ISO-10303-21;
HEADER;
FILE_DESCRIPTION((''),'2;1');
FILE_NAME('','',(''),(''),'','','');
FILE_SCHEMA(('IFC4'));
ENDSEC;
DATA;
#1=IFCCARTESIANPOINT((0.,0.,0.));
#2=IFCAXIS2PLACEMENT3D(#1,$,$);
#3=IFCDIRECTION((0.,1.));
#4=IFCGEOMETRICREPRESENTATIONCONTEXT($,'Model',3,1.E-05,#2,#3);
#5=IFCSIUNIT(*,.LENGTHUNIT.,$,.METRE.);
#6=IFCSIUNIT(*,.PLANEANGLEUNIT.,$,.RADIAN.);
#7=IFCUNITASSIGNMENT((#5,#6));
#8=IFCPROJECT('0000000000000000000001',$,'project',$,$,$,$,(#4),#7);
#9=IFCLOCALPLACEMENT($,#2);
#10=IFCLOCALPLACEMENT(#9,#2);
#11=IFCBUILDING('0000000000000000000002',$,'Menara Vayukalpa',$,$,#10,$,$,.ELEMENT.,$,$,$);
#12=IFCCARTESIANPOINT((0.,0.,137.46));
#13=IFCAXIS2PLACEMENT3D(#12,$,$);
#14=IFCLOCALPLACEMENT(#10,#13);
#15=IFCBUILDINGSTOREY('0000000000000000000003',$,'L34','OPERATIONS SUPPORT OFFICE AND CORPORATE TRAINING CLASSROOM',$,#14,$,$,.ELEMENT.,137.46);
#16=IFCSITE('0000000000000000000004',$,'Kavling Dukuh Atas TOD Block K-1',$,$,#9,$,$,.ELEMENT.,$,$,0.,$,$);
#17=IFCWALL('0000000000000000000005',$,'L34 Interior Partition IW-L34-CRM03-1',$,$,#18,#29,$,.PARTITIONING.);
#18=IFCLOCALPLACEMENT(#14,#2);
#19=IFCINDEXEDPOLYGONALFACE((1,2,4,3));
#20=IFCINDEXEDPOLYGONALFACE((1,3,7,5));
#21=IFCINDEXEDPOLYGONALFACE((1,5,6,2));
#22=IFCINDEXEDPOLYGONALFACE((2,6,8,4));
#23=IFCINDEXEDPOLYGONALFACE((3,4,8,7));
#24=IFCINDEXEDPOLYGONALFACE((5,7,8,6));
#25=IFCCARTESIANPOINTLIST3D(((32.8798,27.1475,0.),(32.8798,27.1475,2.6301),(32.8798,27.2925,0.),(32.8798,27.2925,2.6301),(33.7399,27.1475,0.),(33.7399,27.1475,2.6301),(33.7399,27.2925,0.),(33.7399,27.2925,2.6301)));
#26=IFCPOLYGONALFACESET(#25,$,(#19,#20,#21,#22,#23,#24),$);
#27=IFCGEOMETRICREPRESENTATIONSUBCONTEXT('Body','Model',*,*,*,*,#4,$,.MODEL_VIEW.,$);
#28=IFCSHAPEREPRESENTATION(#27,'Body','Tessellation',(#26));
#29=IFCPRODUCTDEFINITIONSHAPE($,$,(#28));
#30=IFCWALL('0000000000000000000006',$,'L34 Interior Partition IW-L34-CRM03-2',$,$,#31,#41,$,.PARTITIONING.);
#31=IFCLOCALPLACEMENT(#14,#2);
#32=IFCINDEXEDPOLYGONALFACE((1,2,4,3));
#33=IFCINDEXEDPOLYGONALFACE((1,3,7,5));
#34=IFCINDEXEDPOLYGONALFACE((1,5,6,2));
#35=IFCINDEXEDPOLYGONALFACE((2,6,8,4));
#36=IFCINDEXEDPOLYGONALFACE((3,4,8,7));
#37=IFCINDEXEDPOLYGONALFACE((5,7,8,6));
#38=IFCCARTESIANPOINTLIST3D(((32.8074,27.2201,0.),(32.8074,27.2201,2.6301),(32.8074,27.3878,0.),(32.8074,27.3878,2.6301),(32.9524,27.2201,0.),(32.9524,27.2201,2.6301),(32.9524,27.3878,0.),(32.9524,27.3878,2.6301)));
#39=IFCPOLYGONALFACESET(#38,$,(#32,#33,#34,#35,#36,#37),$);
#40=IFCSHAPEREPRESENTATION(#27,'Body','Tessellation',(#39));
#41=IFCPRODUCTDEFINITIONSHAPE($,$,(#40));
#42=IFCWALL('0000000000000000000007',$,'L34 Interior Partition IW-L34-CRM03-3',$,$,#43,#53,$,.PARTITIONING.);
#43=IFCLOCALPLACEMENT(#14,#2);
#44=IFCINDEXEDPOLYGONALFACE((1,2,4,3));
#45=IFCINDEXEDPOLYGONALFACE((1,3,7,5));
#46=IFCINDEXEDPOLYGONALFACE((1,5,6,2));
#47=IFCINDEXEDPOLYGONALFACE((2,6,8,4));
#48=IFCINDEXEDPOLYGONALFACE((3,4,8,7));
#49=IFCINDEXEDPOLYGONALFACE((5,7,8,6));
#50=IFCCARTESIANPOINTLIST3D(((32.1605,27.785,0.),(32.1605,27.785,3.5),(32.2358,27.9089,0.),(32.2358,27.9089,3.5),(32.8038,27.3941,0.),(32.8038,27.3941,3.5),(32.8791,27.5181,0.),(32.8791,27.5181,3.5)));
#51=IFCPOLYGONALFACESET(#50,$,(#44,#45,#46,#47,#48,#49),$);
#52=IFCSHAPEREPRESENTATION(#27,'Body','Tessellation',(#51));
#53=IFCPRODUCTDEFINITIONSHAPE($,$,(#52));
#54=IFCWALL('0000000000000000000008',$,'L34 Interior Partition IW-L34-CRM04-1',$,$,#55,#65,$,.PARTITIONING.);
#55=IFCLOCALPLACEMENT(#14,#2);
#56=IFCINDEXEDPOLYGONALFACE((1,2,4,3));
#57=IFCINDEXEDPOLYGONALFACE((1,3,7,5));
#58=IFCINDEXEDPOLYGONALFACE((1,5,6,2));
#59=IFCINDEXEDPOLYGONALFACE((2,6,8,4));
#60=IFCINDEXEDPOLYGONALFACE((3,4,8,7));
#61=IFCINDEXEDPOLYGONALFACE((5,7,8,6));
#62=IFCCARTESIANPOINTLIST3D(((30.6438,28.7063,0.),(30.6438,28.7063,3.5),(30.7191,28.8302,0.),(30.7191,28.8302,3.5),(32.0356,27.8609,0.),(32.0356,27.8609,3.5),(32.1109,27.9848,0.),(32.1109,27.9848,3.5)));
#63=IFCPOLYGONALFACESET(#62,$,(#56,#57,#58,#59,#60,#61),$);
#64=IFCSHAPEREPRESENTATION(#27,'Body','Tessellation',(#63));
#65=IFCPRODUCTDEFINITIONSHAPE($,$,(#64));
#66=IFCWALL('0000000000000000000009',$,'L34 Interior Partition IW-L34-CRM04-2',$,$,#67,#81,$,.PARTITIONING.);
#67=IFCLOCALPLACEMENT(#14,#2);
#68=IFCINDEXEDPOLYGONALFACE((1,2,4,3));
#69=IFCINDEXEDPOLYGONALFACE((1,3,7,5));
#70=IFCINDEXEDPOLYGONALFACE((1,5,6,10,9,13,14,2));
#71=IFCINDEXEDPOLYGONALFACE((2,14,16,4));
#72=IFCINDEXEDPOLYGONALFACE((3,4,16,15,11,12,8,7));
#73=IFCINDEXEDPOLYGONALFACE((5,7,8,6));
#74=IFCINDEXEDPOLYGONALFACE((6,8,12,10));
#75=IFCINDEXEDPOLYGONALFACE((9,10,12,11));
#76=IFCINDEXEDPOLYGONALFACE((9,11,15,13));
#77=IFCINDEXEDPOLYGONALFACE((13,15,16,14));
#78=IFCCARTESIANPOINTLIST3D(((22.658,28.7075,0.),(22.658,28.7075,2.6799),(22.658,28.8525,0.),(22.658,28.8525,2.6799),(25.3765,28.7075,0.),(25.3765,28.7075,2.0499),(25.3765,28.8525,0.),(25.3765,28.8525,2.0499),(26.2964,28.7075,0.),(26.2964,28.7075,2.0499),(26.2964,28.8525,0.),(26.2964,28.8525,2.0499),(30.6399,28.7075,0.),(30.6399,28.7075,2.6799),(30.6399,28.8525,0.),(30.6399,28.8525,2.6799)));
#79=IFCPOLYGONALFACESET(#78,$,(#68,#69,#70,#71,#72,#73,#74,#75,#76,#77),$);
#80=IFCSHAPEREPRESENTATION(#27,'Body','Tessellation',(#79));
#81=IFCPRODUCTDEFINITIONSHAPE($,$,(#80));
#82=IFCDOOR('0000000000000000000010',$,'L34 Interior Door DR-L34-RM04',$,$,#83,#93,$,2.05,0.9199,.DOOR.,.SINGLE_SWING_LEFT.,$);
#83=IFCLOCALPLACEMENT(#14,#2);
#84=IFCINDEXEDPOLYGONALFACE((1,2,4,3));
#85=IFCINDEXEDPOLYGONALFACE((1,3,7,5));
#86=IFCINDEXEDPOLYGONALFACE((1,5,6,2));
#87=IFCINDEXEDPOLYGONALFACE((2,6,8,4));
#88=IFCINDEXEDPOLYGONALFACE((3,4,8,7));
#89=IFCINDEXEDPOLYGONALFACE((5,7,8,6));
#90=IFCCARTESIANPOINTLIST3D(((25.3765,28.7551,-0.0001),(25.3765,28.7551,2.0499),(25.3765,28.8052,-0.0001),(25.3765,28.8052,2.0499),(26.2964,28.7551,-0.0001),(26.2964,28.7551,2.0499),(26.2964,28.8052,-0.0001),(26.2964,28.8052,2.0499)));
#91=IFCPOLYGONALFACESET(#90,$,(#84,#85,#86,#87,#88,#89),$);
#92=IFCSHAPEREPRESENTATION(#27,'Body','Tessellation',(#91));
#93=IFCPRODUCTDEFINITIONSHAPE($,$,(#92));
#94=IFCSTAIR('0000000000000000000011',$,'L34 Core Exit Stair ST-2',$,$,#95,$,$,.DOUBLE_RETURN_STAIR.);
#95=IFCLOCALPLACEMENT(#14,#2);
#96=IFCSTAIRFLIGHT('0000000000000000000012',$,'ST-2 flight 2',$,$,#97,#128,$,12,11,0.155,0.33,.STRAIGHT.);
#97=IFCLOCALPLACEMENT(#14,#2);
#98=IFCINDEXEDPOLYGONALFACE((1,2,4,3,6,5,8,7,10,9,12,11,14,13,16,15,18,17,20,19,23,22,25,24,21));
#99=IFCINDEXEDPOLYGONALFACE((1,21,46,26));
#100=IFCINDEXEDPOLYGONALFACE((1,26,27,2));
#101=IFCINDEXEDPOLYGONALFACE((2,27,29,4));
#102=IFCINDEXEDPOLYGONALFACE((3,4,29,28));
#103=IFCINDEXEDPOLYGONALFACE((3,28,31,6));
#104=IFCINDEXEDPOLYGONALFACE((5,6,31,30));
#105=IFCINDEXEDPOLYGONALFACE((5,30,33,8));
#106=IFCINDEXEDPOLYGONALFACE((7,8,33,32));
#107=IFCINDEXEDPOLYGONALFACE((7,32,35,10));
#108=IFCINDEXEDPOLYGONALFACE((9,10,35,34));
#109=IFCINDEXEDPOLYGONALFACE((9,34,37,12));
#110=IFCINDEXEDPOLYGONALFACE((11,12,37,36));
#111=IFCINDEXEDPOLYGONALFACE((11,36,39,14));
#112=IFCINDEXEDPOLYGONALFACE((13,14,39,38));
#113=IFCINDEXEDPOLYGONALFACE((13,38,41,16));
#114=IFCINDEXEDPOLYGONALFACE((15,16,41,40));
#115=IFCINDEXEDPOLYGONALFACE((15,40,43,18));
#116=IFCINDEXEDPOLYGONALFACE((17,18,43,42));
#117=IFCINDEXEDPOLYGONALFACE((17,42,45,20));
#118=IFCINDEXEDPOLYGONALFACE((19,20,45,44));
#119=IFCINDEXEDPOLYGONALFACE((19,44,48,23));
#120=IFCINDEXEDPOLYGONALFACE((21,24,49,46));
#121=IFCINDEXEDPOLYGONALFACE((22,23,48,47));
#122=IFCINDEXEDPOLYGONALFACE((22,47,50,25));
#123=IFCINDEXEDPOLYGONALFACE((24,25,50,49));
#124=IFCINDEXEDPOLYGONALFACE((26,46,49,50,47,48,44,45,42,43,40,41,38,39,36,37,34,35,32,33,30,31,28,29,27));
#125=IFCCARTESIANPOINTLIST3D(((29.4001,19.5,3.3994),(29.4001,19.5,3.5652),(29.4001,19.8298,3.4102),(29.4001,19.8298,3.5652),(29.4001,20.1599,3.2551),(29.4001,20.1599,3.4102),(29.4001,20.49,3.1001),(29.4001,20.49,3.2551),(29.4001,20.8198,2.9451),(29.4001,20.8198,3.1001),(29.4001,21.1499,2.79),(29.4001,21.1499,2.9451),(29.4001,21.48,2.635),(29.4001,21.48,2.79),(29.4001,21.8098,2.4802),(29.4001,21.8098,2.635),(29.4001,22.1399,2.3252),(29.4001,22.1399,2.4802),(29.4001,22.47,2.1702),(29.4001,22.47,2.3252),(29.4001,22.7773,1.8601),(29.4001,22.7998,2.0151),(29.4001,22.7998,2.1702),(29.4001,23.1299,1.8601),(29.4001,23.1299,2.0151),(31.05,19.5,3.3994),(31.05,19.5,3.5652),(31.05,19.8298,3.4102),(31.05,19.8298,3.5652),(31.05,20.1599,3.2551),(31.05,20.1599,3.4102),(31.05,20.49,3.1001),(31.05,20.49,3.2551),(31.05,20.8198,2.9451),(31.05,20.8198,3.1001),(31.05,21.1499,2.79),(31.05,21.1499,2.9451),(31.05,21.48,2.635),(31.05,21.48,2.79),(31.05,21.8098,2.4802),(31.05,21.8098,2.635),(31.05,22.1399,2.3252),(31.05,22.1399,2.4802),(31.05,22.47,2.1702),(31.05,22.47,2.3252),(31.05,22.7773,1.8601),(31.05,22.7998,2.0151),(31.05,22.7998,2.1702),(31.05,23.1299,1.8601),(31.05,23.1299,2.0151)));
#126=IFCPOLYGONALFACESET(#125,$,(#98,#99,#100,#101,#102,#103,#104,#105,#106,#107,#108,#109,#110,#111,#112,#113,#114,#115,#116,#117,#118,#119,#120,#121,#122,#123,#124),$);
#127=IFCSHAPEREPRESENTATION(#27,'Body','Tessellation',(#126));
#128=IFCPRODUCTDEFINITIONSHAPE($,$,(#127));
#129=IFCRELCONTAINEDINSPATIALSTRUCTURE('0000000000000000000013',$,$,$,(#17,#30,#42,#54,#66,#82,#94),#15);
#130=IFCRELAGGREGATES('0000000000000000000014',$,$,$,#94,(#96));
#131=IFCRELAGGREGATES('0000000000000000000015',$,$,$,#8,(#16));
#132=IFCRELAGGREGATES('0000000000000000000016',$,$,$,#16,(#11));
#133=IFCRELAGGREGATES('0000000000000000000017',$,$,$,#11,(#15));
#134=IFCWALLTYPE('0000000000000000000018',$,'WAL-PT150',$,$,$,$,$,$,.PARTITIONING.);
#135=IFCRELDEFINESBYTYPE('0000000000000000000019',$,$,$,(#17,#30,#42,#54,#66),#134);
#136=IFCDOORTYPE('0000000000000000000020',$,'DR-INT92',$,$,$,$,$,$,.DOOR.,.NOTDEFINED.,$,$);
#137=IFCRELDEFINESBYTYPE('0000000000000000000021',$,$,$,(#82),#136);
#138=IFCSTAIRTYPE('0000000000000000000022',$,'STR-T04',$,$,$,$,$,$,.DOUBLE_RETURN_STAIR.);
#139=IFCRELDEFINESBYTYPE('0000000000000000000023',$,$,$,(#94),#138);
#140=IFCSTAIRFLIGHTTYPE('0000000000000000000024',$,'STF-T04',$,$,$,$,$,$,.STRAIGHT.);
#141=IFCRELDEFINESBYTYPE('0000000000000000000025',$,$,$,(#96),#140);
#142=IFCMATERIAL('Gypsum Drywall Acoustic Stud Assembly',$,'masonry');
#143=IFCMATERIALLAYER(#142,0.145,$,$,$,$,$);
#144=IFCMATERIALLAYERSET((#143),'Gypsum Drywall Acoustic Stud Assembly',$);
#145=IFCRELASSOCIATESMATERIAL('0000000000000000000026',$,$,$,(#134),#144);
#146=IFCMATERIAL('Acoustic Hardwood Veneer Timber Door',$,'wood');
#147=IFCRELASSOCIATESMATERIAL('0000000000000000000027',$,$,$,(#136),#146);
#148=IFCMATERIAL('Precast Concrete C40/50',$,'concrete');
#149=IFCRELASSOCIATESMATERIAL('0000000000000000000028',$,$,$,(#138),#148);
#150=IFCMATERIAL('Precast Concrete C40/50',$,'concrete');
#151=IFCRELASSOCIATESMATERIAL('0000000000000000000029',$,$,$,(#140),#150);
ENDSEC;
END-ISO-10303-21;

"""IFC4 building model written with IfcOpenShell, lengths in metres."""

from ifc_helpers import new_model, si_unit, direction, frame, frame_2d, origin, place, context, subcontext, project, spatial, polyline, rectangle, outline, extrude, material, layer, layer_set, type_object, element, fill, aggregate, save


model = new_model("IFC4")

# Units and contexts
model_context = context("Model", 3, precision=1e-05, world=origin(), true_north=direction((0.0, 1.0)))
body_context = subcontext(model_context, "Body", "Model", "MODEL_VIEW")
ifc_project = project(units=[si_unit("LENGTHUNIT", "METRE"), si_unit("PLANEANGLEUNIT", "RADIAN")], contexts=[model_context])

# Site, building, storey
site_placement = place(None, origin())
site = spatial("IfcSite", under=ifc_project, at=site_placement, Name="Kavling Dukuh Atas TOD Block K-1", CompositionType="ELEMENT", RefElevation=0.0)
building_placement = place(site_placement, origin())
building = spatial("IfcBuilding", under=site, at=building_placement, Name="Menara Vayukalpa", CompositionType="ELEMENT")
storey_placement = place(building_placement, frame((0.0, 0.0, 137.46)))
storey = spatial("IfcBuildingStorey", under=building, at=storey_placement, Name="L34", Description="OPERATIONS SUPPORT OFFICE AND CORPORATE TRAINING CLASSROOM", CompositionType="ELEMENT", Elevation=137.46)

# Walls
ifc_material_1 = material(Name="Gypsum Drywall Acoustic Stud Assembly", Category="masonry")
ifc_layer_1 = layer(ifc_material_1, 0.145)
ifc_layer_set_1 = layer_set([ifc_layer_1], Name="Gypsum Drywall Acoustic Stud Assembly")
wall_type_1 = type_object("IfcWallType", Name="WAL-PT150", PredefinedType="PARTITIONING", material=ifc_layer_set_1)
wall_1_placement = place(storey_placement, frame((33.74, 27.22, 0.0), z_axis=(0.0, 0.0, 1.0), x_axis=(-1.0, 0.0, 0.0)))
element("IfcWall", 1, at=wall_1_placement, inside=storey, type_object=wall_type_1, Name="L34 Interior Partition IW-L34-CRM03-1", PredefinedType="PARTITIONING", context=body_context, shape_type="SweptSolid", body=[
    extrude(rectangle(XDim=0.8601, YDim=0.145, at=frame_2d((0.4302, 0.0))), origin(), (0.0, 0.0, 1.0), 2.6301),
])
wall_2_placement = place(storey_placement, frame((32.8799, 27.22, 0.0), z_axis=(0.0, 0.0, 1.0), x_axis=(0.0, 1.0, 0.0)))
element("IfcWall", 2, at=wall_2_placement, inside=storey, type_object=wall_type_1, Name="L34 Interior Partition IW-L34-CRM03-2", PredefinedType="PARTITIONING", context=body_context, shape_type="SweptSolid", body=[
    extrude(rectangle(XDim=0.1677, YDim=0.145, at=frame_2d((0.084, 0.0))), origin(), (0.0, 0.0, 1.0), 2.6301),
])
wall_3_placement = place(storey_placement, frame((32.8416, 27.4561, 0.0), z_axis=(0.0, 0.0, 1.0), x_axis=(-0.854618, 0.519257, 0.0)))
element("IfcWall", 3, at=wall_3_placement, inside=storey, type_object=wall_type_1, Name="L34 Interior Partition IW-L34-CRM03-3", PredefinedType="PARTITIONING", context=body_context, shape_type="SweptSolid", body=[
    extrude(rectangle(XDim=0.7527, YDim=0.145, at=frame_2d((0.3765, 0.0))), origin(), (0.0, 0.0, 1.0), 3.5),
])
wall_4_placement = place(storey_placement, frame((32.0732, 27.9229, 0.0), z_axis=(0.0, 0.0, 1.0), x_axis=(-0.854676, 0.519162, 0.0)))
element("IfcWall", 4, at=wall_4_placement, inside=storey, type_object=wall_type_1, Name="L34 Interior Partition IW-L34-CRM04-1", PredefinedType="PARTITIONING", context=body_context, shape_type="SweptSolid", body=[
    extrude(rectangle(XDim=1.6284, YDim=0.145, at=frame_2d((0.8142, 0.0))), origin(), (0.0, 0.0, 1.0), 3.5),
])

# Wall, opening, door
wall_5_placement = place(storey_placement, frame((30.6399, 28.78, 0.0), z_axis=(0.0, 0.0, 1.0), x_axis=(-1.0, 0.0, 0.0)))
wall_5 = element("IfcWall", 5, at=wall_5_placement, inside=storey, type_object=wall_type_1, Name="L34 Interior Partition IW-L34-CRM04-2", PredefinedType="PARTITIONING", context=body_context, shape_type="SweptSolid", body=[
    extrude(rectangle(XDim=7.9819, YDim=0.145, at=frame_2d((3.991, 0.0))), origin(), (0.0, 0.0, 1.0), 2.6799),
])
opening_placement = place(wall_5_placement, frame((4.3435, 0.0, 0.0)))
opening = element("IfcOpeningElement", 6, at=opening_placement, cuts=wall_5, PredefinedType="OPENING", context=body_context, shape_type="SweptSolid", body=[
    extrude(rectangle(XDim=0.9199, YDim=2.05, at=frame_2d((0.46, 1.0249))), frame((0.0, 0.0825, 0.0), z_axis=(0.0, -1.0, 0.0), x_axis=(1.0, 0.0, 0.0)), (0.0, 0.0, 1.0), 0.165),
])
ifc_material_2 = material(Name="Acoustic Hardwood Veneer Timber Door", Category="wood")
door_type = type_object("IfcDoorType", Name="DR-INT92", OperationType="NOTDEFINED", PredefinedType="DOOR", material=ifc_material_2)
door_placement = place(opening_placement, origin())
door = element("IfcDoor", 7, at=door_placement, inside=storey, type_object=door_type, Name="L34 Interior Door DR-L34-RM04", OperationType="SINGLE_SWING_LEFT", OverallHeight=2.05, OverallWidth=0.9199, PredefinedType="DOOR", context=body_context, shape_type="SweptSolid", body=[
    extrude(rectangle(XDim=0.9199, YDim=2.05, at=frame_2d((0.46, 1.0249))), frame((0.0, 0.0249, 0.0), z_axis=(0.0, -1.0, 0.0), x_axis=(1.0, 0.0, 0.0)), (0.0, 0.0, 1.0), 0.05),
])
fill(opening, door)

# Stair, stair flight
ifc_material_3 = material(Name="Precast Concrete C40/50", Category="concrete")
stair_type = type_object("IfcStairType", Name="STR-T04", PredefinedType="DOUBLE_RETURN_STAIR", material=ifc_material_3)
stair_placement = place(storey_placement, origin())
stair = element("IfcStair", 8, at=stair_placement, inside=storey, type_object=stair_type, Name="L34 Core Exit Stair ST-2", PredefinedType="DOUBLE_RETURN_STAIR")
ifc_material_4 = material(Name="Precast Concrete C40/50", Category="concrete")
stair_flight_type = type_object("IfcStairFlightType", Name="STF-T04", PredefinedType="STRAIGHT", material=ifc_material_4)
stair_flight_placement = place(storey_placement, frame((30.2251, 23.1299, 1.8601), z_axis=(0.0, 0.0, 1.0), x_axis=(0.0, -1.0, 0.0)))
stair_flight = element("IfcStairFlight", 9, at=stair_flight_placement, type_object=stair_flight_type, Name="ST-2 flight 2", NumberOfRisers=12, NumberOfTreads=11, PredefinedType="STRAIGHT", RiserHeight=0.155, TreadLength=0.33, context=body_context, shape_type="SweptSolid", body=[
    extrude(outline(polyline([(0.0, 0.0), (0.0, 0.155), (0.3301, 0.155), (0.3301, 0.3101), (0.6599, 0.3101), (0.6599, 0.4651), (0.99, 0.4651), (0.99, 0.6201), (1.3201, 0.6201), (1.3201, 0.7749), (1.6499, 0.7749), (1.6499, 0.9299), (1.98, 0.9299), (1.98, 1.085), (2.3101, 1.085), (2.3101, 1.24), (2.6399, 1.24), (2.6399, 1.395), (2.97, 1.395), (2.97, 1.55), (3.3, 1.55), (3.3, 1.7051), (3.6299, 1.7051), (3.6299, 1.8601), (3.6299, 1.5393), (0.3525, 0.0), (0.0, 0.0)])), frame((0.0, 0.825, 0.0), z_axis=(0.0, -1.0, 0.0), x_axis=(1.0, 0.0, 0.0)), (0.0, 0.0, 1.0), 1.6499),
])
aggregate(stair, [stair_flight])

save(model, "model.ifc")
